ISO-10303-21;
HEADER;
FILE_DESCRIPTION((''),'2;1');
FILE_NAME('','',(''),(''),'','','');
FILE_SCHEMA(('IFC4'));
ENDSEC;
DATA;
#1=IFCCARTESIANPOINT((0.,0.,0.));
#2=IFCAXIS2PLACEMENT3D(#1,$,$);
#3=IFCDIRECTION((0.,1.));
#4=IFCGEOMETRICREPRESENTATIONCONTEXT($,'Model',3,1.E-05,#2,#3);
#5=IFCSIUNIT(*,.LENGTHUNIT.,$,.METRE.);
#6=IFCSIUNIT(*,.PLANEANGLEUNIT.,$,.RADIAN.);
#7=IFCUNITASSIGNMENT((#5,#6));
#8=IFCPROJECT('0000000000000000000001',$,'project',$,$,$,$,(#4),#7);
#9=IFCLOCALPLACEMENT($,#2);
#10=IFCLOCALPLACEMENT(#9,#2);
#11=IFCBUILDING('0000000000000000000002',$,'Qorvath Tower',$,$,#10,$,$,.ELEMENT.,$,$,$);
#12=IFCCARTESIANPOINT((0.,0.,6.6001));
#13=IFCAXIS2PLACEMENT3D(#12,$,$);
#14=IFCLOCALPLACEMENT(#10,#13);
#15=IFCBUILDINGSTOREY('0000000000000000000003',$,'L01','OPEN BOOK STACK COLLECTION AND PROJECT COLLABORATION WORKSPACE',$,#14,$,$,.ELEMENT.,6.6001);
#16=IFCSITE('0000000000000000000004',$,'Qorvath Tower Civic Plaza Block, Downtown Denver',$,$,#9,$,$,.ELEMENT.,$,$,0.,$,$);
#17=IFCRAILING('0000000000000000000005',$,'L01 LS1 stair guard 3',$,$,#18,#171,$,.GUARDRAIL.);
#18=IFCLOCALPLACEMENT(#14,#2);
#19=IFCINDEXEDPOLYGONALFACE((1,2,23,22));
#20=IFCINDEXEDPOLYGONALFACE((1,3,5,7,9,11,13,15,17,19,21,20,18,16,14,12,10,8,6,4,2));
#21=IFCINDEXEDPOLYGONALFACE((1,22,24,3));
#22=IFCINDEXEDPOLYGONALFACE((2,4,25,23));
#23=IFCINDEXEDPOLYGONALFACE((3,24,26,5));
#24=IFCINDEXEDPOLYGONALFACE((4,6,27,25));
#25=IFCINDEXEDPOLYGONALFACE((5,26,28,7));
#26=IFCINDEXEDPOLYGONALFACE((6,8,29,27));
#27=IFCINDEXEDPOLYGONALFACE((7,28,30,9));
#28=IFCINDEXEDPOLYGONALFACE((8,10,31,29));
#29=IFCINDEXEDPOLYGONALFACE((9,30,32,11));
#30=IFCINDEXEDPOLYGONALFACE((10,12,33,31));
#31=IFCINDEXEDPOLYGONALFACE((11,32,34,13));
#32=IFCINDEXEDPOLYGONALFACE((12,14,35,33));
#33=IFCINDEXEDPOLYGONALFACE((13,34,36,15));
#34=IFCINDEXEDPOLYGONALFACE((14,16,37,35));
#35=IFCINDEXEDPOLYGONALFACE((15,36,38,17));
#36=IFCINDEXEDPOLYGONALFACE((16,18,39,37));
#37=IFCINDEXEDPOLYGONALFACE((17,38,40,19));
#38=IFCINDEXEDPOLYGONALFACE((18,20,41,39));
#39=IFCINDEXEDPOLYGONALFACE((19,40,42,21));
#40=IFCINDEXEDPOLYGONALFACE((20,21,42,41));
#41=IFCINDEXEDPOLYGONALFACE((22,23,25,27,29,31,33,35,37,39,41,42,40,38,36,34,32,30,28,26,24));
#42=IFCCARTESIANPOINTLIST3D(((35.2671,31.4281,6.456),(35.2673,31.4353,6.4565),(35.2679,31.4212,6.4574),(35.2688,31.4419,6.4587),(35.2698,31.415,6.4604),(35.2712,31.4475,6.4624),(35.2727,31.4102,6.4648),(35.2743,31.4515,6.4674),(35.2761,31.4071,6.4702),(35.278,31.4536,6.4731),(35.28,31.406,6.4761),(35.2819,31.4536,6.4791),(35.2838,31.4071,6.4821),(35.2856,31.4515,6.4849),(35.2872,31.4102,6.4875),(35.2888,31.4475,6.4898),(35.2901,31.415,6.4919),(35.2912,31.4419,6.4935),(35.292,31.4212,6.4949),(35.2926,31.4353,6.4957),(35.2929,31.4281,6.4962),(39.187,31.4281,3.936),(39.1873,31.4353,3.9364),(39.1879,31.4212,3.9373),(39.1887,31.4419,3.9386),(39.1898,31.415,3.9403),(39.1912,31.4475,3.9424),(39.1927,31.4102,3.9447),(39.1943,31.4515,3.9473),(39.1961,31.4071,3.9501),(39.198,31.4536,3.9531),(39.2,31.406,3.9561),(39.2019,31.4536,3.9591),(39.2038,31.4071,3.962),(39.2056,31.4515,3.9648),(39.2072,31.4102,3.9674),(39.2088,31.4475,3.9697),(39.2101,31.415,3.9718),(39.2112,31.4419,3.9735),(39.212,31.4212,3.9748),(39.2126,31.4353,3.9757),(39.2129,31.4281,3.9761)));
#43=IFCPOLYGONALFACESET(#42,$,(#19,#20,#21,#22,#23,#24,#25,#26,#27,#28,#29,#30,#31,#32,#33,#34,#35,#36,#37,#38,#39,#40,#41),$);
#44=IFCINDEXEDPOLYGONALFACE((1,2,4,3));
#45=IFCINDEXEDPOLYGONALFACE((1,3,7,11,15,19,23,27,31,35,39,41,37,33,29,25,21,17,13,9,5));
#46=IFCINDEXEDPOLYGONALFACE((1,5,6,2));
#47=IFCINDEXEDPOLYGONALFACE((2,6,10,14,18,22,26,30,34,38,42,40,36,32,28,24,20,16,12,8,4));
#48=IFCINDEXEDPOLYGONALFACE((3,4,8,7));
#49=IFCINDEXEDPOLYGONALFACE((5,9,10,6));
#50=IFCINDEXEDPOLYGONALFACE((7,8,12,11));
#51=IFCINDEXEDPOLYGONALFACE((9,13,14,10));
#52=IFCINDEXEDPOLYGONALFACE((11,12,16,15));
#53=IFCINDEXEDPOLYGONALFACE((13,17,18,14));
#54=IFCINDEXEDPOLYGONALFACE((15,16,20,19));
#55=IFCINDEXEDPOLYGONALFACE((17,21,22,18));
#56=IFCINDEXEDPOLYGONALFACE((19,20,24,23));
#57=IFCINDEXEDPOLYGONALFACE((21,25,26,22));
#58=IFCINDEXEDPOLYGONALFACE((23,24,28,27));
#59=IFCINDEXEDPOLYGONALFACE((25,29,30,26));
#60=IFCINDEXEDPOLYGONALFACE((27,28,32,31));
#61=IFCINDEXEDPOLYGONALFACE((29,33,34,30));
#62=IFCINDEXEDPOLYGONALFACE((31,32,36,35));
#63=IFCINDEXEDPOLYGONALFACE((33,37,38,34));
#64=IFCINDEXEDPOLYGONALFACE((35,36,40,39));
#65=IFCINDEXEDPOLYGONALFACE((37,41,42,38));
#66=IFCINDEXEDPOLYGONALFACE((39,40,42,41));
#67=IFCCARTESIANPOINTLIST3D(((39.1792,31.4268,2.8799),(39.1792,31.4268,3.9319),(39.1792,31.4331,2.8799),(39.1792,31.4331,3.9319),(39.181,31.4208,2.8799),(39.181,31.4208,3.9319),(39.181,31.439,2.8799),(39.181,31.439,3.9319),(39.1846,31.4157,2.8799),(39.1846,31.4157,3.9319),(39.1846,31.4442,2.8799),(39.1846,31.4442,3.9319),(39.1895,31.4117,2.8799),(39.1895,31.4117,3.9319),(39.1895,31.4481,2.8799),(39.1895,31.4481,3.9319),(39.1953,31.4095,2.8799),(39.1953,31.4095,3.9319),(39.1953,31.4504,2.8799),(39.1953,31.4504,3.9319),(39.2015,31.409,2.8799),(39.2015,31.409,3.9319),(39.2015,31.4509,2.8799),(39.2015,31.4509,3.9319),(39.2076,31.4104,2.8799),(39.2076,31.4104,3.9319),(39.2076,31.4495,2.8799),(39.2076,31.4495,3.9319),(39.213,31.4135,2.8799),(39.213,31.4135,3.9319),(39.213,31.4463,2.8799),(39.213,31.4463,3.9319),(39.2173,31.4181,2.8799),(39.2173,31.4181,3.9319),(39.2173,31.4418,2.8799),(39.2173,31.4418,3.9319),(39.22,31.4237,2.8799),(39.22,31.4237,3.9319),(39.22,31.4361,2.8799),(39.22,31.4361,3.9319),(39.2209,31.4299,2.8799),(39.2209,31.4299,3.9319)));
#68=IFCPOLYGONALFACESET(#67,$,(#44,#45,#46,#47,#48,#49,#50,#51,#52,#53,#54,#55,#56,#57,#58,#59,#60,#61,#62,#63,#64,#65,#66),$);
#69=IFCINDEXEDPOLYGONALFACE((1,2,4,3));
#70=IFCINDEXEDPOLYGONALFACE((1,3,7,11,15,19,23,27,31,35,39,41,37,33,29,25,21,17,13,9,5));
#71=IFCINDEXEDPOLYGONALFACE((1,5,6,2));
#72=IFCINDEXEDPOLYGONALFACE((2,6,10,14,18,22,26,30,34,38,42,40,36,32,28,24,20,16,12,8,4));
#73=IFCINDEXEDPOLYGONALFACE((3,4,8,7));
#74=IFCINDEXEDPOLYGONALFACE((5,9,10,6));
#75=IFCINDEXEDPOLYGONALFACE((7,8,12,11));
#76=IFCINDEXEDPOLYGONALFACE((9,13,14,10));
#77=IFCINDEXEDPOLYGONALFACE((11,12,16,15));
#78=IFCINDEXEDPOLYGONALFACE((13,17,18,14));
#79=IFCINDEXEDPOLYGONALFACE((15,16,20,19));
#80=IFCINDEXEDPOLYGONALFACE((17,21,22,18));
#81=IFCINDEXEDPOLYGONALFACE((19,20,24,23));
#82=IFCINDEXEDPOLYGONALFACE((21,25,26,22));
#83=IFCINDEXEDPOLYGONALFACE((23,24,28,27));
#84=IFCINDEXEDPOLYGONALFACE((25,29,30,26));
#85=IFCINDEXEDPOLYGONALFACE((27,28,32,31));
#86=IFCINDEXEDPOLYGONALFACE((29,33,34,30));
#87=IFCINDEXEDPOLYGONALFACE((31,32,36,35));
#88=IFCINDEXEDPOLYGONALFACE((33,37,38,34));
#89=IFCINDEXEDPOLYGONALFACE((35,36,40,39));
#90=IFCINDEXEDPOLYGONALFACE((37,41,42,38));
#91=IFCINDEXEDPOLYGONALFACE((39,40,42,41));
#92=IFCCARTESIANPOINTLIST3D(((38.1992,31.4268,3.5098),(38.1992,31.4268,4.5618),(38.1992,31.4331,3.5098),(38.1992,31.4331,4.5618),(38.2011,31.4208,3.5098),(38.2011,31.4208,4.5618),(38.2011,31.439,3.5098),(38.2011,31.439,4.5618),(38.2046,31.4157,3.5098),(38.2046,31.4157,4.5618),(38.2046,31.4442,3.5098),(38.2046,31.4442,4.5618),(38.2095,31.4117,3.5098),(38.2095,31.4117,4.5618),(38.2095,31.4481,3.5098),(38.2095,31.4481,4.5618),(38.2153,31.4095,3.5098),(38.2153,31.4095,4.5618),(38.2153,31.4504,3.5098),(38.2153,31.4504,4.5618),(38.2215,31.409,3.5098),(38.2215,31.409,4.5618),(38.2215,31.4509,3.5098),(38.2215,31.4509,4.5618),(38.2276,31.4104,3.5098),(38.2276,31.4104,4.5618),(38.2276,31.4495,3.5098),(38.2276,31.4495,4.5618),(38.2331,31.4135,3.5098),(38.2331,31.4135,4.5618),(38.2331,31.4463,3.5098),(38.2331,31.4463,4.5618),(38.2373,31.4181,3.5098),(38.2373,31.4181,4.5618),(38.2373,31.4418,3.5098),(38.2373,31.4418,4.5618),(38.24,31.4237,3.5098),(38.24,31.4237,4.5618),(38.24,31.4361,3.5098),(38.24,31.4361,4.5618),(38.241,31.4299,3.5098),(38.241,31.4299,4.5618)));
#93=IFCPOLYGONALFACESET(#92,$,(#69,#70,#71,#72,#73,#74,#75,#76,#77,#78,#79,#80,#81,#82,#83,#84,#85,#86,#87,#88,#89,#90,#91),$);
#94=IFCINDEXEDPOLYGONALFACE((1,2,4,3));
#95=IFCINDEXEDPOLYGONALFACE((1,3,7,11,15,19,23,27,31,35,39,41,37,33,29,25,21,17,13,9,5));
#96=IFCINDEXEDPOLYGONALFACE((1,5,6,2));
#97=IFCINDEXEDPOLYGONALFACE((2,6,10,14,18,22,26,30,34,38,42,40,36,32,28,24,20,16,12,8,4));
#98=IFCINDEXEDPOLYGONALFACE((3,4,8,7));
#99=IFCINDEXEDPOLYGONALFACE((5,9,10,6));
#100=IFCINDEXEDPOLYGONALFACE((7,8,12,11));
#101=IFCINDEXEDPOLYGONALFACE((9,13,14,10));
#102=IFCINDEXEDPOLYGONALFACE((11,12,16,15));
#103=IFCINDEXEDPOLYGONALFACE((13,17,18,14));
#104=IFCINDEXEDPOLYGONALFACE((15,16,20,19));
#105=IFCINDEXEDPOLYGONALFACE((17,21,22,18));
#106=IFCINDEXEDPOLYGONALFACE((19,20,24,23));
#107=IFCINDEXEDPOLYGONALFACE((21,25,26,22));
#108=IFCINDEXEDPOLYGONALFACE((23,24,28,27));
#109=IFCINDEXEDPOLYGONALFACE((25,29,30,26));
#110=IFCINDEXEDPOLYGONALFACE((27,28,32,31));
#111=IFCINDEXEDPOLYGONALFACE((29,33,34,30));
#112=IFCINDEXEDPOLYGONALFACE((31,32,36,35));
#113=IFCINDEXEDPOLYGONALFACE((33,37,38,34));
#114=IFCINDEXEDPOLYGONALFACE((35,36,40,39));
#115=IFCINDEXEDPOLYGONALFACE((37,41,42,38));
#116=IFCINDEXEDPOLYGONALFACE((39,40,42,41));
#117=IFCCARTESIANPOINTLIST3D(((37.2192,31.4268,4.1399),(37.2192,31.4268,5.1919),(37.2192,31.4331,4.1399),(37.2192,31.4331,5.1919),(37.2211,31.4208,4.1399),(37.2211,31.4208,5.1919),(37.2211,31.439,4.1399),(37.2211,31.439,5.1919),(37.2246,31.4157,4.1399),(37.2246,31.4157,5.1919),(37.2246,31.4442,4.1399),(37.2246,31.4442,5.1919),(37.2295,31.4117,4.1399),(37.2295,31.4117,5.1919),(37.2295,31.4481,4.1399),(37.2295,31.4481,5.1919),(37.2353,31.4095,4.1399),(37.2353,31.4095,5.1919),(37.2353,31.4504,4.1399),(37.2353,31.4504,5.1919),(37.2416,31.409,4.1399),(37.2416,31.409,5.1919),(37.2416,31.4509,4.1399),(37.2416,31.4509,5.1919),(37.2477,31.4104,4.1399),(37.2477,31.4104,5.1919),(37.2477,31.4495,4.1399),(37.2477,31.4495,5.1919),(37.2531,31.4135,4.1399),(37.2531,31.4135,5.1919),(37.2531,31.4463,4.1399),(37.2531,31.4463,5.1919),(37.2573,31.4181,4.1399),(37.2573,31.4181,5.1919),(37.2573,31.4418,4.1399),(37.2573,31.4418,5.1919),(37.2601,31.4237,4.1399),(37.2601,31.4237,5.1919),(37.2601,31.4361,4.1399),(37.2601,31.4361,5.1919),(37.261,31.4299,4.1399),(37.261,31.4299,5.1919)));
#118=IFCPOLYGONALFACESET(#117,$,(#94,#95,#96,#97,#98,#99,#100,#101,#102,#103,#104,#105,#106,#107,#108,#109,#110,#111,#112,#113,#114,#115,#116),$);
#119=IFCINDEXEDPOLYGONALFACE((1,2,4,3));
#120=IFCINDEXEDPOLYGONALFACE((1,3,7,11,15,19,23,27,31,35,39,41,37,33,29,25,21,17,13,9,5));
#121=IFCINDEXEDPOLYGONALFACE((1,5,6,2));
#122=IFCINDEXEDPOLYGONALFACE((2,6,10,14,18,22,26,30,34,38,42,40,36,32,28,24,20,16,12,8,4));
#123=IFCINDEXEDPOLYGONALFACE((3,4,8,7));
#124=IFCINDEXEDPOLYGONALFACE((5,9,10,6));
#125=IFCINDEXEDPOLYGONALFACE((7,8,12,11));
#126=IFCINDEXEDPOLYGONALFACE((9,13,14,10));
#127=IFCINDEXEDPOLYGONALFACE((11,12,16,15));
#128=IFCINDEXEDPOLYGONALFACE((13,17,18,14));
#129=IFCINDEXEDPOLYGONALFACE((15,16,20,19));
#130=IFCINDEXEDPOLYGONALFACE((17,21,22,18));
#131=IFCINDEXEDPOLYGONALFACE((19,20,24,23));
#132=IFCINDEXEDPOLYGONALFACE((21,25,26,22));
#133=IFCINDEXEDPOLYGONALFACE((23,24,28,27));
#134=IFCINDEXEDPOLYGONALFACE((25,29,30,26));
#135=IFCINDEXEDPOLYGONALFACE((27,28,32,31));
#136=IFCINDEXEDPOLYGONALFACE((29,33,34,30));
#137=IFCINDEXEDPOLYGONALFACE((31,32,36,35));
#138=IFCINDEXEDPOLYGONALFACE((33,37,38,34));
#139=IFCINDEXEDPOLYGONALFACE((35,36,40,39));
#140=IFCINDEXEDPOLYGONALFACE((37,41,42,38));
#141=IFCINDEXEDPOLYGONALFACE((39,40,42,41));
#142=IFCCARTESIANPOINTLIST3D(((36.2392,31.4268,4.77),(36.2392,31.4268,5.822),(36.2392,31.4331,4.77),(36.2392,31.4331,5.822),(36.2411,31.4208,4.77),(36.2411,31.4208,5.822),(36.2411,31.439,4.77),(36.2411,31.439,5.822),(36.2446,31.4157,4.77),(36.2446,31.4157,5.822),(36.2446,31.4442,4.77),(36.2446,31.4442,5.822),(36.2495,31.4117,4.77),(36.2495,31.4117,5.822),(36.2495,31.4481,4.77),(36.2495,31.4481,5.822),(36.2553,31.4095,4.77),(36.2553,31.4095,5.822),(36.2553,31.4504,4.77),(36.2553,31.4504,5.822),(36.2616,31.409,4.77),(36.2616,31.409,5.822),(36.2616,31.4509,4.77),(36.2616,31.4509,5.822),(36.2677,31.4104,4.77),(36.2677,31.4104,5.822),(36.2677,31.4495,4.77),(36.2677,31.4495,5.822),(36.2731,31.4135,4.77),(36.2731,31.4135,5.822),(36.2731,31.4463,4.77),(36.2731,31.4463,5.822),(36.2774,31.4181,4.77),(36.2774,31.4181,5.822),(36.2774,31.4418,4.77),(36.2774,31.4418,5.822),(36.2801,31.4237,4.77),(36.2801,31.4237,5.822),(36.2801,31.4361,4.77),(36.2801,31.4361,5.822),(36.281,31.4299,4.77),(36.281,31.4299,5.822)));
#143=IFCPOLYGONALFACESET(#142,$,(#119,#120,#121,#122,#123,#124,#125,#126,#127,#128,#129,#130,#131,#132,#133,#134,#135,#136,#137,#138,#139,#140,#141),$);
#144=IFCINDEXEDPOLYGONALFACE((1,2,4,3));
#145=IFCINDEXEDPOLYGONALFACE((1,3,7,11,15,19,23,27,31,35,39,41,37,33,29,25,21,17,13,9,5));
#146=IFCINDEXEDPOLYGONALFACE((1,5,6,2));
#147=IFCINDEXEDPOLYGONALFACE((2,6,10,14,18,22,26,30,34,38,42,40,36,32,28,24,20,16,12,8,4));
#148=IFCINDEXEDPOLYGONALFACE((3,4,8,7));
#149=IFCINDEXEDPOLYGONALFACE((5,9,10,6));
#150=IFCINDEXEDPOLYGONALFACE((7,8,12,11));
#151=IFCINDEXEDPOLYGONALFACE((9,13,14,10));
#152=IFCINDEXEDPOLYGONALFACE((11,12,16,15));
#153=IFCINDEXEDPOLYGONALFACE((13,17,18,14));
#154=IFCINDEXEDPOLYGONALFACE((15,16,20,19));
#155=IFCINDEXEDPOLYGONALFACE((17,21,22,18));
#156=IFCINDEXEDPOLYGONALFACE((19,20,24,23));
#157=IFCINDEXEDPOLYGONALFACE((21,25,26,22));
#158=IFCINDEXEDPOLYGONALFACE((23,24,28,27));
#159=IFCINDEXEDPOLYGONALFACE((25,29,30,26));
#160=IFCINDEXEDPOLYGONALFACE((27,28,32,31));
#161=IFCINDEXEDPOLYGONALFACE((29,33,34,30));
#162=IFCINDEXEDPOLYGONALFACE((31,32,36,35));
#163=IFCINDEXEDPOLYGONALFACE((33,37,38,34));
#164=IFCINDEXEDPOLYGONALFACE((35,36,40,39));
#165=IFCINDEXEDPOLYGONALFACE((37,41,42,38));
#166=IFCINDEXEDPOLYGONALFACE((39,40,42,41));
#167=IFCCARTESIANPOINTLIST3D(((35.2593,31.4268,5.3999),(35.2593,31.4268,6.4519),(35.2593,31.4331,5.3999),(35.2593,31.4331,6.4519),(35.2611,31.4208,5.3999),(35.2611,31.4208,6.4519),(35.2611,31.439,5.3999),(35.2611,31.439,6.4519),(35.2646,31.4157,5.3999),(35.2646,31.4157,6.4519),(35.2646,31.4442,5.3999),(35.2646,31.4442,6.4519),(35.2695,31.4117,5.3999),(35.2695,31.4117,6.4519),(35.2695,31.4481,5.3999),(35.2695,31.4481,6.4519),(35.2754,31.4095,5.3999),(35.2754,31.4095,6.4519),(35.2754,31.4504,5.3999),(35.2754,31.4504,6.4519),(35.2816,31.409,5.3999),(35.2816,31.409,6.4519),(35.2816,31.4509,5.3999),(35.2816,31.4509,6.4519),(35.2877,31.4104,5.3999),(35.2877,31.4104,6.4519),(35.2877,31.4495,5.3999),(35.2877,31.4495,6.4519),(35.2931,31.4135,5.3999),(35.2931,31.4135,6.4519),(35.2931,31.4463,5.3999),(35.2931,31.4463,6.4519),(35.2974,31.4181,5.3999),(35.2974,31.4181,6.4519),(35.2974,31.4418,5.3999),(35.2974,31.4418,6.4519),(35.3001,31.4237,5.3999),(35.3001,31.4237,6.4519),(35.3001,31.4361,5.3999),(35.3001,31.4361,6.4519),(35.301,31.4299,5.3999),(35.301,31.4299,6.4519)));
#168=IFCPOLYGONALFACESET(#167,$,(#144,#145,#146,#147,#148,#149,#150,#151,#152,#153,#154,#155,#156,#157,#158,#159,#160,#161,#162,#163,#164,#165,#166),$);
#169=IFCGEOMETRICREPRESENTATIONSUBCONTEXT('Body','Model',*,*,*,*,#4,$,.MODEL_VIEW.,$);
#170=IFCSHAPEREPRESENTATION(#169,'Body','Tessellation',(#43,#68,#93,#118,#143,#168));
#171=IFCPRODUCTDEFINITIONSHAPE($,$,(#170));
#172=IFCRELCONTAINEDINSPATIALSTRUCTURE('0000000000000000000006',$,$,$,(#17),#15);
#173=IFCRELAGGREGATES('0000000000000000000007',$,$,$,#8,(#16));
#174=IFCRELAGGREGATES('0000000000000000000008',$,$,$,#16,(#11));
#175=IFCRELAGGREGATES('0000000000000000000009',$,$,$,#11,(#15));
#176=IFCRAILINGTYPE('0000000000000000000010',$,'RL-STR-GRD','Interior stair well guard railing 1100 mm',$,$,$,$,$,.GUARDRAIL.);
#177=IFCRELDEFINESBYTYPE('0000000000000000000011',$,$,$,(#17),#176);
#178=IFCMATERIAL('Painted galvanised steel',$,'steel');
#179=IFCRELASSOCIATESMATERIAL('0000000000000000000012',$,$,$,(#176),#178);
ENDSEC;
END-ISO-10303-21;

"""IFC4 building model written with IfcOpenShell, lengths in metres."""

from ifc_helpers import new_model, si_unit, direction, frame, origin, origin_2d, place, context, subcontext, project, spatial, circle, extrude, material, type_object, element, save


model = new_model("IFC4")

# Units and contexts
model_context = context("Model", 3, precision=1e-05, world=origin(), true_north=direction((0.0, 1.0)))
body_context = subcontext(model_context, "Body", "Model", "MODEL_VIEW")
ifc_project = project(units=[si_unit("LENGTHUNIT", "METRE"), si_unit("PLANEANGLEUNIT", "RADIAN")], contexts=[model_context])

# Site, building, storey
site_placement = place(None, origin())
site = spatial("IfcSite", under=ifc_project, at=site_placement, Name="Qorvath Tower Civic Plaza Block, Downtown Denver", CompositionType="ELEMENT", RefElevation=0.0)
building_placement = place(site_placement, origin())
building = spatial("IfcBuilding", under=site, at=building_placement, Name="Qorvath Tower", CompositionType="ELEMENT")
storey_placement = place(building_placement, frame((0.0, 0.0, 6.6001)))
storey = spatial("IfcBuildingStorey", under=building, at=storey_placement, Name="L01", Description="OPEN BOOK STACK COLLECTION AND PROJECT COLLABORATION WORKSPACE", CompositionType="ELEMENT", Elevation=6.6001)

# Railing
ifc_material_1 = material(Name="Painted galvanised steel", Category="steel")
railing_type_1 = type_object("IfcRailingType", Name="RL-STR-GRD", Description="Interior stair well guard railing 1100 mm", PredefinedType="GUARDRAIL", material=ifc_material_1)
railing_1_placement = place(storey_placement, frame((39.2, 31.4299, 2.8799)))
element("IfcRailing", 1, at=railing_1_placement, inside=storey, type_object=railing_type_1, Name="L01 LS1 stair guard 3", PredefinedType="GUARDRAIL", context=body_context, shape_type="SweptSolid", body=[
    extrude(circle(Radius=0.0239, at=origin_2d()), frame((0.0, 0.0, 1.0762), z_axis=(-0.841172, 0.0, 0.540768), x_axis=(0.0, -1.0, 0.0)), (0.0, 0.0, 1.0), 4.6602),
    extrude(circle(Radius=0.021, at=origin_2d()), origin(), (0.0, 0.0, 1.0), 1.052),
    extrude(circle(Radius=0.021, at=origin_2d()), frame((-0.98, 0.0, 0.6299)), (0.0, 0.0, 1.0), 1.052),
    extrude(circle(Radius=0.021, at=origin_2d()), frame((-1.96, 0.0, 1.26)), (0.0, 0.0, 1.0), 1.052),
    extrude(circle(Radius=0.021, at=origin_2d()), frame((-2.9399, 0.0, 1.8901)), (0.0, 0.0, 1.0), 1.052),
    extrude(circle(Radius=0.021, at=origin_2d()), frame((-3.9199, 0.0, 2.52)), (0.0, 0.0, 1.0), 1.052),
])

save(model, "model.ifc")
